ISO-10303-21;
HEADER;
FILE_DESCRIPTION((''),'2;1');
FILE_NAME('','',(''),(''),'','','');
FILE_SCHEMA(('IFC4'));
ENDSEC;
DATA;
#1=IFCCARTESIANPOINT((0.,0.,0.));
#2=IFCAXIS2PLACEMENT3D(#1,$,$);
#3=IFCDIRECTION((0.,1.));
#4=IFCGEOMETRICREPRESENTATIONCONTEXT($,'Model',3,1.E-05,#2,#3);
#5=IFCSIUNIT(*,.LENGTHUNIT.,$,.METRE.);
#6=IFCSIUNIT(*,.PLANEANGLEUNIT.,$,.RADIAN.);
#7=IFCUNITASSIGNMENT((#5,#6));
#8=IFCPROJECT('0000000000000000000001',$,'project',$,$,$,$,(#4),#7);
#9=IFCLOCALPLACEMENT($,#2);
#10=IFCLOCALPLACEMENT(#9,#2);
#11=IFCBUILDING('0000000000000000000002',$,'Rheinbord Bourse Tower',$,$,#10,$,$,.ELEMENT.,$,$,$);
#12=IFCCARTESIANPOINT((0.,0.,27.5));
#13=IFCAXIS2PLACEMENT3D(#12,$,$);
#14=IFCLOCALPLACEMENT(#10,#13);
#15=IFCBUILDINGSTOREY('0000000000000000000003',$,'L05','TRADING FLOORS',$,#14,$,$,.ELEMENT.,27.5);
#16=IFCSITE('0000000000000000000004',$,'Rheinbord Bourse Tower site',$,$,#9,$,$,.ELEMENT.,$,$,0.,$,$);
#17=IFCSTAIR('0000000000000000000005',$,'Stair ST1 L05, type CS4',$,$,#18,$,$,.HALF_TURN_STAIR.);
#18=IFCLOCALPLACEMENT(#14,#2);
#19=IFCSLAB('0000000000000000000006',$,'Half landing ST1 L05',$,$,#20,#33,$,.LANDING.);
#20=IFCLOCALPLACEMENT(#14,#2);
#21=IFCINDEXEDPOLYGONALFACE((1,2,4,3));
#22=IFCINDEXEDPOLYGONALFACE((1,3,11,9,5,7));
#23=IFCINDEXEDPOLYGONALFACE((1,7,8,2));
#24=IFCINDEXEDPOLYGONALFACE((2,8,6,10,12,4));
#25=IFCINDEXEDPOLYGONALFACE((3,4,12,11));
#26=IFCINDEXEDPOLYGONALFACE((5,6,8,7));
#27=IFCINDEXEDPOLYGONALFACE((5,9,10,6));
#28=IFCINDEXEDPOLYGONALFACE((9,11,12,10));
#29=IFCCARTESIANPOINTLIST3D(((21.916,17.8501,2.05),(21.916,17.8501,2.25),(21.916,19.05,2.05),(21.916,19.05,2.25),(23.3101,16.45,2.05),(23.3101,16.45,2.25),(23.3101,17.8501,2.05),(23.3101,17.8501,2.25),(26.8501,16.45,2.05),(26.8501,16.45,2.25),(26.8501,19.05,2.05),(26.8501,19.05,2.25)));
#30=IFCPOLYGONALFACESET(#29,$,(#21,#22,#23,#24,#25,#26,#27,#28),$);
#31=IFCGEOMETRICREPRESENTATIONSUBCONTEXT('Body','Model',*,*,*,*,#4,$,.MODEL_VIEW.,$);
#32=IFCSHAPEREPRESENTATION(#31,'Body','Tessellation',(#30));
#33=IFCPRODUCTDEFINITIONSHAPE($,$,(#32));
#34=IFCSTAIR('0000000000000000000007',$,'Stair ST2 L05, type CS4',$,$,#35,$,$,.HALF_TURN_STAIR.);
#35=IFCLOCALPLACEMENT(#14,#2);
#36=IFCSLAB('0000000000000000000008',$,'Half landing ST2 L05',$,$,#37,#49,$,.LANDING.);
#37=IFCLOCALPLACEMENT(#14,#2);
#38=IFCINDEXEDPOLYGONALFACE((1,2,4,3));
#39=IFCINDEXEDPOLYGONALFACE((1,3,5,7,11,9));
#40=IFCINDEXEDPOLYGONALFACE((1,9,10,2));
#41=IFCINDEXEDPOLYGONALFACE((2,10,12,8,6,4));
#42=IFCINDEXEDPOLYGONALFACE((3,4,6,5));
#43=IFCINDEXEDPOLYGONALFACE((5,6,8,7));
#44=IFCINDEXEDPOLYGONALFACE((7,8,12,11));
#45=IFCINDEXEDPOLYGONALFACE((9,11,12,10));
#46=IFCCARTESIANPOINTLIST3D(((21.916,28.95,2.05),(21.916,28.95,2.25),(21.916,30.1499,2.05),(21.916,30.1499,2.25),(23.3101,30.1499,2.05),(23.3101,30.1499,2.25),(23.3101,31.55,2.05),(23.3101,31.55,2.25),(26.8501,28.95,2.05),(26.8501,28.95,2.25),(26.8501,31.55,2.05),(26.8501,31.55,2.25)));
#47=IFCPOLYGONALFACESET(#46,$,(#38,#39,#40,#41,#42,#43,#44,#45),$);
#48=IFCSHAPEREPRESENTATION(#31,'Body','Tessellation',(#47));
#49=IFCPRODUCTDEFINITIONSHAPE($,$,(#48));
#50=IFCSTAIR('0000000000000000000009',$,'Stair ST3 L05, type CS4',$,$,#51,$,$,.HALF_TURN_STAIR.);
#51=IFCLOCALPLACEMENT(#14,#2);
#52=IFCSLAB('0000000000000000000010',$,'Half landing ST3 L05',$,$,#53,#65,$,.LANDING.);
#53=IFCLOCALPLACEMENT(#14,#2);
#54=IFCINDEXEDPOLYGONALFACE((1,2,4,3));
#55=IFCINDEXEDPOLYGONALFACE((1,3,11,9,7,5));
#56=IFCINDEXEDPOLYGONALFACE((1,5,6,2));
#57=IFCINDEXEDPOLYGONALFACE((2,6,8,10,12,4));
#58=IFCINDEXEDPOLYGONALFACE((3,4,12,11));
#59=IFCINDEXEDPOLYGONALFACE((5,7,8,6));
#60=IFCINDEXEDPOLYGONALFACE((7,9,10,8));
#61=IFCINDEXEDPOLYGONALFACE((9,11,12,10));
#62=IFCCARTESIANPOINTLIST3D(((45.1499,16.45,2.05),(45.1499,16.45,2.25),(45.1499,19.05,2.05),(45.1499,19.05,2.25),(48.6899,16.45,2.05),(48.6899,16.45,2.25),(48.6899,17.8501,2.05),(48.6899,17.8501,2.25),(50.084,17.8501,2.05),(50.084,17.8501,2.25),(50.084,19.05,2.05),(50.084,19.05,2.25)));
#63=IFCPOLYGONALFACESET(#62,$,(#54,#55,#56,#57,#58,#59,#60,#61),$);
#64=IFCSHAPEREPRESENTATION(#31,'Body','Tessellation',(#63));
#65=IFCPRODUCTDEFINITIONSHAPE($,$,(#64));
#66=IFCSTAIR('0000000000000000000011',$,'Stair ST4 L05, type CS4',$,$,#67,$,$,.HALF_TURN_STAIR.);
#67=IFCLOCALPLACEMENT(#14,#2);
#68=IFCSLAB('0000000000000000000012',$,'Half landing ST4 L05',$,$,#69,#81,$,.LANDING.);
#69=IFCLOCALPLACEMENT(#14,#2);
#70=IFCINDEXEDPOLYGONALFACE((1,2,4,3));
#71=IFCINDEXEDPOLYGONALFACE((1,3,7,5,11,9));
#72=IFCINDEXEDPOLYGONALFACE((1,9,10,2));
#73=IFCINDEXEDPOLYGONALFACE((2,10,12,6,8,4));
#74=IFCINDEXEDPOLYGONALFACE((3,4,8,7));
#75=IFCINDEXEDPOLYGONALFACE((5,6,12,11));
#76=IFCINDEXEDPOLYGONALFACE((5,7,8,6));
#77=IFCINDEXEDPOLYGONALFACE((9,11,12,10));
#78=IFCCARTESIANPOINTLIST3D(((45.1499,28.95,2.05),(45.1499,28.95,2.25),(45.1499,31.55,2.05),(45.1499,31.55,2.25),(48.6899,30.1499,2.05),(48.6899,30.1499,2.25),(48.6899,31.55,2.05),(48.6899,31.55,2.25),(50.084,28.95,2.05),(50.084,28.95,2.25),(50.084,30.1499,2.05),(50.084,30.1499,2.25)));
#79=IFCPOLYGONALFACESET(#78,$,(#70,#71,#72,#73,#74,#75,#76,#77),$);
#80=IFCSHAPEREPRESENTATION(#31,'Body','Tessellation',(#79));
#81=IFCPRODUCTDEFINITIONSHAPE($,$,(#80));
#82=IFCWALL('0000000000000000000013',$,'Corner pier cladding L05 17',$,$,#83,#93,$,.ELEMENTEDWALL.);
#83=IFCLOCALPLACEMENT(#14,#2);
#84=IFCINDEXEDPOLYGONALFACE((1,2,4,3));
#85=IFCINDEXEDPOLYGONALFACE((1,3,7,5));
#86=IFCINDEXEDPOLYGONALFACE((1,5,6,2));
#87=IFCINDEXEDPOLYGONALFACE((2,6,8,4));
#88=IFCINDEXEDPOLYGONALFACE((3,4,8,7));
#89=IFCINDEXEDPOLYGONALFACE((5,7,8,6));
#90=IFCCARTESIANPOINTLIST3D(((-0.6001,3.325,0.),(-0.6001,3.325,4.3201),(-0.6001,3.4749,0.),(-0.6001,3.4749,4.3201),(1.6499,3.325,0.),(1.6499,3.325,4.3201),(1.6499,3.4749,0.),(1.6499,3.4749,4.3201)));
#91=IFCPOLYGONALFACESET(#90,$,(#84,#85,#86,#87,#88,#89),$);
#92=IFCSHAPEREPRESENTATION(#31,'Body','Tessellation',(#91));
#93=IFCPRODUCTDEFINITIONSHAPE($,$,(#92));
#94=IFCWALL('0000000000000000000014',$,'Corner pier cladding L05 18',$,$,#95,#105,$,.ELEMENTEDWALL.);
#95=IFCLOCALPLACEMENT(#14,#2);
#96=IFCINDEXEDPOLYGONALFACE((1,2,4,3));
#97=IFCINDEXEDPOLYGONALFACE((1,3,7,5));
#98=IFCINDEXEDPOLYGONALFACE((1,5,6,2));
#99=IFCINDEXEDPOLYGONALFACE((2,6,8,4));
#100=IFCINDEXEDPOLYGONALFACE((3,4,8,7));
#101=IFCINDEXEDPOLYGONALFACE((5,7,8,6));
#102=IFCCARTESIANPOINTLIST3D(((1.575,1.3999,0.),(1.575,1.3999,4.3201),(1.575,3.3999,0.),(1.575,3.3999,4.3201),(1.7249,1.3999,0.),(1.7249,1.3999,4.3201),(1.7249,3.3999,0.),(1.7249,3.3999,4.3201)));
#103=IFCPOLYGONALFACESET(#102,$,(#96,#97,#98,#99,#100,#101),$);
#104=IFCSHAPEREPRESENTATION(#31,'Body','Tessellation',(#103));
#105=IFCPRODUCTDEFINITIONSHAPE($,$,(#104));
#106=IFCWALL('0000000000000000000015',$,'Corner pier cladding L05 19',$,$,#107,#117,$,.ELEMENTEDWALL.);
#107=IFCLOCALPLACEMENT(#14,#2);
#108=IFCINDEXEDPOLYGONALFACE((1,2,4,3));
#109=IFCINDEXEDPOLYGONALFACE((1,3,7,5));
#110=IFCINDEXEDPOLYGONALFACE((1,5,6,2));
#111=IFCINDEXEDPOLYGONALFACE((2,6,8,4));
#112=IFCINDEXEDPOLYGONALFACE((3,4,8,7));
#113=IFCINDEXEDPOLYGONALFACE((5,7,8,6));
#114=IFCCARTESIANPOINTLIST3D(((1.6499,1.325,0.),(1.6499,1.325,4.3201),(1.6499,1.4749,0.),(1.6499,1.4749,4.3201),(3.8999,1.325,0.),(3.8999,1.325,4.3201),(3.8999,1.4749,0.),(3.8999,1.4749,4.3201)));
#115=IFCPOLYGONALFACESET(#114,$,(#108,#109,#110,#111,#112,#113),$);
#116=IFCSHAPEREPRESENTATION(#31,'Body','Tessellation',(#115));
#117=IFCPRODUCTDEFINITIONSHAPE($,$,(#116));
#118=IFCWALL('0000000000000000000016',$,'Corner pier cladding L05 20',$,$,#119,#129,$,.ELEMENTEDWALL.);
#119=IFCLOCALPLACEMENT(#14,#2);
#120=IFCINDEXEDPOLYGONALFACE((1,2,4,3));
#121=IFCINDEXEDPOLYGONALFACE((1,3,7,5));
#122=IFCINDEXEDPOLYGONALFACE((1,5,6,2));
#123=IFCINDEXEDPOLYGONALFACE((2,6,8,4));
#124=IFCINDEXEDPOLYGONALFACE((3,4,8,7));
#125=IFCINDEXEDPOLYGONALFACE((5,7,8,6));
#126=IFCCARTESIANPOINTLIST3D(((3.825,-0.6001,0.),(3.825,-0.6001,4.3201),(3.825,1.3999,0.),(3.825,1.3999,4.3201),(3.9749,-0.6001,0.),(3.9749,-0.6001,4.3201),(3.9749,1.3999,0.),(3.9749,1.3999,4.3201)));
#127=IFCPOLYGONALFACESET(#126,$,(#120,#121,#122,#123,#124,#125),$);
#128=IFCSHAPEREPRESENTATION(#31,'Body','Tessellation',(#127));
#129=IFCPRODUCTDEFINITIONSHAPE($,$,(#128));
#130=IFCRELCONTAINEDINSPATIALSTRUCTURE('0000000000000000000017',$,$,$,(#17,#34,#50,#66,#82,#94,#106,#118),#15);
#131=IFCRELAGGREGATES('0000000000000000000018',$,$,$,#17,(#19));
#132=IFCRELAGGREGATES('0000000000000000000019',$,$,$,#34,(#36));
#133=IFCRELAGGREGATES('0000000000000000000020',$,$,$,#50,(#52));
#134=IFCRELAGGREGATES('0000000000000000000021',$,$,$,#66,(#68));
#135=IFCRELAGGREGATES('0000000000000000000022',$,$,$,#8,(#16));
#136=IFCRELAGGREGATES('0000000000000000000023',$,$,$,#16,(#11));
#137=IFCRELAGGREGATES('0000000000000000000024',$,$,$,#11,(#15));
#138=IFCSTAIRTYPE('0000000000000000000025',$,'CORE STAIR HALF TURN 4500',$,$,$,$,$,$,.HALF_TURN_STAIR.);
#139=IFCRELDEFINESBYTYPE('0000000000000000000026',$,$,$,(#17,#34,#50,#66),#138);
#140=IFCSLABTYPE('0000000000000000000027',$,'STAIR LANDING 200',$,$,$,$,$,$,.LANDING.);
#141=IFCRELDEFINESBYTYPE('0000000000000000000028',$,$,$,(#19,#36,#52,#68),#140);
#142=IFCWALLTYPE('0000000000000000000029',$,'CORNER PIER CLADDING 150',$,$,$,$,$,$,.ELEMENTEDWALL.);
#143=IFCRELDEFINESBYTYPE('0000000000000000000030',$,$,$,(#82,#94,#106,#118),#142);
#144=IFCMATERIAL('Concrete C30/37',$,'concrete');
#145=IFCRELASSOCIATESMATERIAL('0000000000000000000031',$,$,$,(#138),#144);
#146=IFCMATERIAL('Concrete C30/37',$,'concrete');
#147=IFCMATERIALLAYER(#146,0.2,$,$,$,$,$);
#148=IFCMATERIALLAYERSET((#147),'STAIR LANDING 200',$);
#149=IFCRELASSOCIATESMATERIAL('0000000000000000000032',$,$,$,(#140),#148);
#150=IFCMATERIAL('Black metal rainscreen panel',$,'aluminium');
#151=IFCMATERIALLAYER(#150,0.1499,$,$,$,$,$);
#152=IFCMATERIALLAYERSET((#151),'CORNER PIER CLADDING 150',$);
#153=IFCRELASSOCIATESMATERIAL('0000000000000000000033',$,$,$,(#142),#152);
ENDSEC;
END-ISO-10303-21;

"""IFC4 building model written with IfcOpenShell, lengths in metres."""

from ifc_helpers import new_model, si_unit, direction, frame, frame_2d, origin, place, context, subcontext, project, spatial, polyline, rectangle, outline, extrude, material, layer, layer_set, type_object, element, aggregate, save


model = new_model("IFC4")

# Units and contexts
model_context = context("Model", 3, precision=1e-05, world=origin(), true_north=direction((0.0, 1.0)))
body_context = subcontext(model_context, "Body", "Model", "MODEL_VIEW")
ifc_project = project(units=[si_unit("LENGTHUNIT", "METRE"), si_unit("PLANEANGLEUNIT", "RADIAN")], contexts=[model_context])

# Site, building, storey
site_placement = place(None, origin())
site = spatial("IfcSite", under=ifc_project, at=site_placement, Name="Rheinbord Bourse Tower site", CompositionType="ELEMENT", RefElevation=0.0)
building_placement = place(site_placement, origin())
building = spatial("IfcBuilding", under=site, at=building_placement, Name="Rheinbord Bourse Tower", CompositionType="ELEMENT")
storey_placement = place(building_placement, frame((0.0, 0.0, 27.5)))
storey = spatial("IfcBuildingStorey", under=building, at=storey_placement, Name="L05", Description="TRADING FLOORS", CompositionType="ELEMENT", Elevation=27.5)

# Stairs, slabs
ifc_material_1 = material(Name="Concrete C30/37", Category="concrete")
stair_type = type_object("IfcStairType", Name="CORE STAIR HALF TURN 4500", PredefinedType="HALF_TURN_STAIR", material=ifc_material_1)
stair_1_placement = place(storey_placement, origin())
stair_1 = element("IfcStair", 1, at=stair_1_placement, inside=storey, type_object=stair_type, Name="Stair ST1 L05, type CS4", PredefinedType="HALF_TURN_STAIR")
ifc_material_2 = material(Name="Concrete C30/37", Category="concrete")
ifc_layer_1 = layer(ifc_material_2, 0.2)
ifc_layer_set_1 = layer_set([ifc_layer_1], Name="STAIR LANDING 200")
slab_type_1 = type_object("IfcSlabType", Name="STAIR LANDING 200", PredefinedType="LANDING", material=ifc_layer_set_1)
slab_1_placement = place(storey_placement, frame((0.0, 0.0, 2.05)))
slab_1 = element("IfcSlab", 2, at=slab_1_placement, type_object=slab_type_1, Name="Half landing ST1 L05", PredefinedType="LANDING", context=body_context, shape_type="SweptSolid", body=[
    extrude(outline(polyline([(23.3101, 16.45), (26.8501, 16.45), (26.8501, 19.05), (21.916, 19.05), (21.916, 17.8501), (23.3101, 17.8501), (23.3101, 16.45)])), origin(), (0.0, 0.0, 1.0), 0.2),
])
aggregate(stair_1, [slab_1])
stair_2_placement = place(storey_placement, origin())
stair_2 = element("IfcStair", 3, at=stair_2_placement, inside=storey, type_object=stair_type, Name="Stair ST2 L05, type CS4", PredefinedType="HALF_TURN_STAIR")
slab_2_placement = place(storey_placement, frame((0.0, 0.0, 2.05)))
slab_2 = element("IfcSlab", 4, at=slab_2_placement, type_object=slab_type_1, Name="Half landing ST2 L05", PredefinedType="LANDING", context=body_context, shape_type="SweptSolid", body=[
    extrude(outline(polyline([(21.916, 28.95), (26.8501, 28.95), (26.8501, 31.55), (23.3101, 31.55), (23.3101, 30.1499), (21.916, 30.1499), (21.916, 28.95)])), origin(), (0.0, 0.0, 1.0), 0.2),
])
aggregate(stair_2, [slab_2])
stair_3_placement = place(storey_placement, origin())
stair_3 = element("IfcStair", 5, at=stair_3_placement, inside=storey, type_object=stair_type, Name="Stair ST3 L05, type CS4", PredefinedType="HALF_TURN_STAIR")
slab_3_placement = place(storey_placement, frame((0.0, 0.0, 2.05)))
slab_3 = element("IfcSlab", 6, at=slab_3_placement, type_object=slab_type_1, Name="Half landing ST3 L05", PredefinedType="LANDING", context=body_context, shape_type="SweptSolid", body=[
    extrude(outline(polyline([(45.1499, 16.45), (48.6899, 16.45), (48.6899, 17.8501), (50.084, 17.8501), (50.084, 19.05), (45.1499, 19.05), (45.1499, 16.45)])), origin(), (0.0, 0.0, 1.0), 0.2),
])
aggregate(stair_3, [slab_3])
stair_4_placement = place(storey_placement, origin())
stair_4 = element("IfcStair", 7, at=stair_4_placement, inside=storey, type_object=stair_type, Name="Stair ST4 L05, type CS4", PredefinedType="HALF_TURN_STAIR")
slab_4_placement = place(storey_placement, frame((0.0, 0.0, 2.05)))
slab_4 = element("IfcSlab", 8, at=slab_4_placement, type_object=slab_type_1, Name="Half landing ST4 L05", PredefinedType="LANDING", context=body_context, shape_type="SweptSolid", body=[
    extrude(outline(polyline([(45.1499, 28.95), (50.084, 28.95), (50.084, 30.1499), (48.6899, 30.1499), (48.6899, 31.55), (45.1499, 31.55), (45.1499, 28.95)])), origin(), (0.0, 0.0, 1.0), 0.2),
])
aggregate(stair_4, [slab_4])

# Walls
ifc_material_3 = material(Name="Black metal rainscreen panel", Category="aluminium")
ifc_layer_2 = layer(ifc_material_3, 0.1499)
ifc_layer_set_2 = layer_set([ifc_layer_2], Name="CORNER PIER CLADDING 150")
wall_type = type_object("IfcWallType", Name="CORNER PIER CLADDING 150", PredefinedType="ELEMENTEDWALL", material=ifc_layer_set_2)
wall_1_placement = place(storey_placement, frame((-0.6001, 3.3999, 0.0), z_axis=(0.0, 0.0, 1.0), x_axis=(1.0, 0.0, 0.0)))
element("IfcWall", 9, at=wall_1_placement, inside=storey, type_object=wall_type, Name="Corner pier cladding L05 17", PredefinedType="ELEMENTEDWALL", context=body_context, shape_type="SweptSolid", body=[
    extrude(rectangle(XDim=2.25, YDim=0.1499, at=frame_2d((1.125, 0.0))), origin(), (0.0, 0.0, 1.0), 4.3201),
])
wall_2_placement = place(storey_placement, frame((1.6499, 3.3999, 0.0), z_axis=(0.0, 0.0, 1.0), x_axis=(0.0, -1.0, 0.0)))
element("IfcWall", 10, at=wall_2_placement, inside=storey, type_object=wall_type, Name="Corner pier cladding L05 18", PredefinedType="ELEMENTEDWALL", context=body_context, shape_type="SweptSolid", body=[
    extrude(rectangle(XDim=2.0, YDim=0.1499, at=frame_2d((1.0, 0.0))), origin(), (0.0, 0.0, 1.0), 4.3201),
])
wall_3_placement = place(storey_placement, frame((1.6499, 1.3999, 0.0), z_axis=(0.0, 0.0, 1.0), x_axis=(1.0, 0.0, 0.0)))
element("IfcWall", 11, at=wall_3_placement, inside=storey, type_object=wall_type, Name="Corner pier cladding L05 19", PredefinedType="ELEMENTEDWALL", context=body_context, shape_type="SweptSolid", body=[
    extrude(rectangle(XDim=2.25, YDim=0.1499, at=frame_2d((1.125, 0.0))), origin(), (0.0, 0.0, 1.0), 4.3201),
])
wall_4_placement = place(storey_placement, frame((3.8999, 1.3999, 0.0), z_axis=(0.0, 0.0, 1.0), x_axis=(0.0, -1.0, 0.0)))
element("IfcWall", 12, at=wall_4_placement, inside=storey, type_object=wall_type, Name="Corner pier cladding L05 20", PredefinedType="ELEMENTEDWALL", context=body_context, shape_type="SweptSolid", body=[
    extrude(rectangle(XDim=2.0, YDim=0.1499, at=frame_2d((1.0, 0.0))), origin(), (0.0, 0.0, 1.0), 4.3201),
])

save(model, "model.ifc")
